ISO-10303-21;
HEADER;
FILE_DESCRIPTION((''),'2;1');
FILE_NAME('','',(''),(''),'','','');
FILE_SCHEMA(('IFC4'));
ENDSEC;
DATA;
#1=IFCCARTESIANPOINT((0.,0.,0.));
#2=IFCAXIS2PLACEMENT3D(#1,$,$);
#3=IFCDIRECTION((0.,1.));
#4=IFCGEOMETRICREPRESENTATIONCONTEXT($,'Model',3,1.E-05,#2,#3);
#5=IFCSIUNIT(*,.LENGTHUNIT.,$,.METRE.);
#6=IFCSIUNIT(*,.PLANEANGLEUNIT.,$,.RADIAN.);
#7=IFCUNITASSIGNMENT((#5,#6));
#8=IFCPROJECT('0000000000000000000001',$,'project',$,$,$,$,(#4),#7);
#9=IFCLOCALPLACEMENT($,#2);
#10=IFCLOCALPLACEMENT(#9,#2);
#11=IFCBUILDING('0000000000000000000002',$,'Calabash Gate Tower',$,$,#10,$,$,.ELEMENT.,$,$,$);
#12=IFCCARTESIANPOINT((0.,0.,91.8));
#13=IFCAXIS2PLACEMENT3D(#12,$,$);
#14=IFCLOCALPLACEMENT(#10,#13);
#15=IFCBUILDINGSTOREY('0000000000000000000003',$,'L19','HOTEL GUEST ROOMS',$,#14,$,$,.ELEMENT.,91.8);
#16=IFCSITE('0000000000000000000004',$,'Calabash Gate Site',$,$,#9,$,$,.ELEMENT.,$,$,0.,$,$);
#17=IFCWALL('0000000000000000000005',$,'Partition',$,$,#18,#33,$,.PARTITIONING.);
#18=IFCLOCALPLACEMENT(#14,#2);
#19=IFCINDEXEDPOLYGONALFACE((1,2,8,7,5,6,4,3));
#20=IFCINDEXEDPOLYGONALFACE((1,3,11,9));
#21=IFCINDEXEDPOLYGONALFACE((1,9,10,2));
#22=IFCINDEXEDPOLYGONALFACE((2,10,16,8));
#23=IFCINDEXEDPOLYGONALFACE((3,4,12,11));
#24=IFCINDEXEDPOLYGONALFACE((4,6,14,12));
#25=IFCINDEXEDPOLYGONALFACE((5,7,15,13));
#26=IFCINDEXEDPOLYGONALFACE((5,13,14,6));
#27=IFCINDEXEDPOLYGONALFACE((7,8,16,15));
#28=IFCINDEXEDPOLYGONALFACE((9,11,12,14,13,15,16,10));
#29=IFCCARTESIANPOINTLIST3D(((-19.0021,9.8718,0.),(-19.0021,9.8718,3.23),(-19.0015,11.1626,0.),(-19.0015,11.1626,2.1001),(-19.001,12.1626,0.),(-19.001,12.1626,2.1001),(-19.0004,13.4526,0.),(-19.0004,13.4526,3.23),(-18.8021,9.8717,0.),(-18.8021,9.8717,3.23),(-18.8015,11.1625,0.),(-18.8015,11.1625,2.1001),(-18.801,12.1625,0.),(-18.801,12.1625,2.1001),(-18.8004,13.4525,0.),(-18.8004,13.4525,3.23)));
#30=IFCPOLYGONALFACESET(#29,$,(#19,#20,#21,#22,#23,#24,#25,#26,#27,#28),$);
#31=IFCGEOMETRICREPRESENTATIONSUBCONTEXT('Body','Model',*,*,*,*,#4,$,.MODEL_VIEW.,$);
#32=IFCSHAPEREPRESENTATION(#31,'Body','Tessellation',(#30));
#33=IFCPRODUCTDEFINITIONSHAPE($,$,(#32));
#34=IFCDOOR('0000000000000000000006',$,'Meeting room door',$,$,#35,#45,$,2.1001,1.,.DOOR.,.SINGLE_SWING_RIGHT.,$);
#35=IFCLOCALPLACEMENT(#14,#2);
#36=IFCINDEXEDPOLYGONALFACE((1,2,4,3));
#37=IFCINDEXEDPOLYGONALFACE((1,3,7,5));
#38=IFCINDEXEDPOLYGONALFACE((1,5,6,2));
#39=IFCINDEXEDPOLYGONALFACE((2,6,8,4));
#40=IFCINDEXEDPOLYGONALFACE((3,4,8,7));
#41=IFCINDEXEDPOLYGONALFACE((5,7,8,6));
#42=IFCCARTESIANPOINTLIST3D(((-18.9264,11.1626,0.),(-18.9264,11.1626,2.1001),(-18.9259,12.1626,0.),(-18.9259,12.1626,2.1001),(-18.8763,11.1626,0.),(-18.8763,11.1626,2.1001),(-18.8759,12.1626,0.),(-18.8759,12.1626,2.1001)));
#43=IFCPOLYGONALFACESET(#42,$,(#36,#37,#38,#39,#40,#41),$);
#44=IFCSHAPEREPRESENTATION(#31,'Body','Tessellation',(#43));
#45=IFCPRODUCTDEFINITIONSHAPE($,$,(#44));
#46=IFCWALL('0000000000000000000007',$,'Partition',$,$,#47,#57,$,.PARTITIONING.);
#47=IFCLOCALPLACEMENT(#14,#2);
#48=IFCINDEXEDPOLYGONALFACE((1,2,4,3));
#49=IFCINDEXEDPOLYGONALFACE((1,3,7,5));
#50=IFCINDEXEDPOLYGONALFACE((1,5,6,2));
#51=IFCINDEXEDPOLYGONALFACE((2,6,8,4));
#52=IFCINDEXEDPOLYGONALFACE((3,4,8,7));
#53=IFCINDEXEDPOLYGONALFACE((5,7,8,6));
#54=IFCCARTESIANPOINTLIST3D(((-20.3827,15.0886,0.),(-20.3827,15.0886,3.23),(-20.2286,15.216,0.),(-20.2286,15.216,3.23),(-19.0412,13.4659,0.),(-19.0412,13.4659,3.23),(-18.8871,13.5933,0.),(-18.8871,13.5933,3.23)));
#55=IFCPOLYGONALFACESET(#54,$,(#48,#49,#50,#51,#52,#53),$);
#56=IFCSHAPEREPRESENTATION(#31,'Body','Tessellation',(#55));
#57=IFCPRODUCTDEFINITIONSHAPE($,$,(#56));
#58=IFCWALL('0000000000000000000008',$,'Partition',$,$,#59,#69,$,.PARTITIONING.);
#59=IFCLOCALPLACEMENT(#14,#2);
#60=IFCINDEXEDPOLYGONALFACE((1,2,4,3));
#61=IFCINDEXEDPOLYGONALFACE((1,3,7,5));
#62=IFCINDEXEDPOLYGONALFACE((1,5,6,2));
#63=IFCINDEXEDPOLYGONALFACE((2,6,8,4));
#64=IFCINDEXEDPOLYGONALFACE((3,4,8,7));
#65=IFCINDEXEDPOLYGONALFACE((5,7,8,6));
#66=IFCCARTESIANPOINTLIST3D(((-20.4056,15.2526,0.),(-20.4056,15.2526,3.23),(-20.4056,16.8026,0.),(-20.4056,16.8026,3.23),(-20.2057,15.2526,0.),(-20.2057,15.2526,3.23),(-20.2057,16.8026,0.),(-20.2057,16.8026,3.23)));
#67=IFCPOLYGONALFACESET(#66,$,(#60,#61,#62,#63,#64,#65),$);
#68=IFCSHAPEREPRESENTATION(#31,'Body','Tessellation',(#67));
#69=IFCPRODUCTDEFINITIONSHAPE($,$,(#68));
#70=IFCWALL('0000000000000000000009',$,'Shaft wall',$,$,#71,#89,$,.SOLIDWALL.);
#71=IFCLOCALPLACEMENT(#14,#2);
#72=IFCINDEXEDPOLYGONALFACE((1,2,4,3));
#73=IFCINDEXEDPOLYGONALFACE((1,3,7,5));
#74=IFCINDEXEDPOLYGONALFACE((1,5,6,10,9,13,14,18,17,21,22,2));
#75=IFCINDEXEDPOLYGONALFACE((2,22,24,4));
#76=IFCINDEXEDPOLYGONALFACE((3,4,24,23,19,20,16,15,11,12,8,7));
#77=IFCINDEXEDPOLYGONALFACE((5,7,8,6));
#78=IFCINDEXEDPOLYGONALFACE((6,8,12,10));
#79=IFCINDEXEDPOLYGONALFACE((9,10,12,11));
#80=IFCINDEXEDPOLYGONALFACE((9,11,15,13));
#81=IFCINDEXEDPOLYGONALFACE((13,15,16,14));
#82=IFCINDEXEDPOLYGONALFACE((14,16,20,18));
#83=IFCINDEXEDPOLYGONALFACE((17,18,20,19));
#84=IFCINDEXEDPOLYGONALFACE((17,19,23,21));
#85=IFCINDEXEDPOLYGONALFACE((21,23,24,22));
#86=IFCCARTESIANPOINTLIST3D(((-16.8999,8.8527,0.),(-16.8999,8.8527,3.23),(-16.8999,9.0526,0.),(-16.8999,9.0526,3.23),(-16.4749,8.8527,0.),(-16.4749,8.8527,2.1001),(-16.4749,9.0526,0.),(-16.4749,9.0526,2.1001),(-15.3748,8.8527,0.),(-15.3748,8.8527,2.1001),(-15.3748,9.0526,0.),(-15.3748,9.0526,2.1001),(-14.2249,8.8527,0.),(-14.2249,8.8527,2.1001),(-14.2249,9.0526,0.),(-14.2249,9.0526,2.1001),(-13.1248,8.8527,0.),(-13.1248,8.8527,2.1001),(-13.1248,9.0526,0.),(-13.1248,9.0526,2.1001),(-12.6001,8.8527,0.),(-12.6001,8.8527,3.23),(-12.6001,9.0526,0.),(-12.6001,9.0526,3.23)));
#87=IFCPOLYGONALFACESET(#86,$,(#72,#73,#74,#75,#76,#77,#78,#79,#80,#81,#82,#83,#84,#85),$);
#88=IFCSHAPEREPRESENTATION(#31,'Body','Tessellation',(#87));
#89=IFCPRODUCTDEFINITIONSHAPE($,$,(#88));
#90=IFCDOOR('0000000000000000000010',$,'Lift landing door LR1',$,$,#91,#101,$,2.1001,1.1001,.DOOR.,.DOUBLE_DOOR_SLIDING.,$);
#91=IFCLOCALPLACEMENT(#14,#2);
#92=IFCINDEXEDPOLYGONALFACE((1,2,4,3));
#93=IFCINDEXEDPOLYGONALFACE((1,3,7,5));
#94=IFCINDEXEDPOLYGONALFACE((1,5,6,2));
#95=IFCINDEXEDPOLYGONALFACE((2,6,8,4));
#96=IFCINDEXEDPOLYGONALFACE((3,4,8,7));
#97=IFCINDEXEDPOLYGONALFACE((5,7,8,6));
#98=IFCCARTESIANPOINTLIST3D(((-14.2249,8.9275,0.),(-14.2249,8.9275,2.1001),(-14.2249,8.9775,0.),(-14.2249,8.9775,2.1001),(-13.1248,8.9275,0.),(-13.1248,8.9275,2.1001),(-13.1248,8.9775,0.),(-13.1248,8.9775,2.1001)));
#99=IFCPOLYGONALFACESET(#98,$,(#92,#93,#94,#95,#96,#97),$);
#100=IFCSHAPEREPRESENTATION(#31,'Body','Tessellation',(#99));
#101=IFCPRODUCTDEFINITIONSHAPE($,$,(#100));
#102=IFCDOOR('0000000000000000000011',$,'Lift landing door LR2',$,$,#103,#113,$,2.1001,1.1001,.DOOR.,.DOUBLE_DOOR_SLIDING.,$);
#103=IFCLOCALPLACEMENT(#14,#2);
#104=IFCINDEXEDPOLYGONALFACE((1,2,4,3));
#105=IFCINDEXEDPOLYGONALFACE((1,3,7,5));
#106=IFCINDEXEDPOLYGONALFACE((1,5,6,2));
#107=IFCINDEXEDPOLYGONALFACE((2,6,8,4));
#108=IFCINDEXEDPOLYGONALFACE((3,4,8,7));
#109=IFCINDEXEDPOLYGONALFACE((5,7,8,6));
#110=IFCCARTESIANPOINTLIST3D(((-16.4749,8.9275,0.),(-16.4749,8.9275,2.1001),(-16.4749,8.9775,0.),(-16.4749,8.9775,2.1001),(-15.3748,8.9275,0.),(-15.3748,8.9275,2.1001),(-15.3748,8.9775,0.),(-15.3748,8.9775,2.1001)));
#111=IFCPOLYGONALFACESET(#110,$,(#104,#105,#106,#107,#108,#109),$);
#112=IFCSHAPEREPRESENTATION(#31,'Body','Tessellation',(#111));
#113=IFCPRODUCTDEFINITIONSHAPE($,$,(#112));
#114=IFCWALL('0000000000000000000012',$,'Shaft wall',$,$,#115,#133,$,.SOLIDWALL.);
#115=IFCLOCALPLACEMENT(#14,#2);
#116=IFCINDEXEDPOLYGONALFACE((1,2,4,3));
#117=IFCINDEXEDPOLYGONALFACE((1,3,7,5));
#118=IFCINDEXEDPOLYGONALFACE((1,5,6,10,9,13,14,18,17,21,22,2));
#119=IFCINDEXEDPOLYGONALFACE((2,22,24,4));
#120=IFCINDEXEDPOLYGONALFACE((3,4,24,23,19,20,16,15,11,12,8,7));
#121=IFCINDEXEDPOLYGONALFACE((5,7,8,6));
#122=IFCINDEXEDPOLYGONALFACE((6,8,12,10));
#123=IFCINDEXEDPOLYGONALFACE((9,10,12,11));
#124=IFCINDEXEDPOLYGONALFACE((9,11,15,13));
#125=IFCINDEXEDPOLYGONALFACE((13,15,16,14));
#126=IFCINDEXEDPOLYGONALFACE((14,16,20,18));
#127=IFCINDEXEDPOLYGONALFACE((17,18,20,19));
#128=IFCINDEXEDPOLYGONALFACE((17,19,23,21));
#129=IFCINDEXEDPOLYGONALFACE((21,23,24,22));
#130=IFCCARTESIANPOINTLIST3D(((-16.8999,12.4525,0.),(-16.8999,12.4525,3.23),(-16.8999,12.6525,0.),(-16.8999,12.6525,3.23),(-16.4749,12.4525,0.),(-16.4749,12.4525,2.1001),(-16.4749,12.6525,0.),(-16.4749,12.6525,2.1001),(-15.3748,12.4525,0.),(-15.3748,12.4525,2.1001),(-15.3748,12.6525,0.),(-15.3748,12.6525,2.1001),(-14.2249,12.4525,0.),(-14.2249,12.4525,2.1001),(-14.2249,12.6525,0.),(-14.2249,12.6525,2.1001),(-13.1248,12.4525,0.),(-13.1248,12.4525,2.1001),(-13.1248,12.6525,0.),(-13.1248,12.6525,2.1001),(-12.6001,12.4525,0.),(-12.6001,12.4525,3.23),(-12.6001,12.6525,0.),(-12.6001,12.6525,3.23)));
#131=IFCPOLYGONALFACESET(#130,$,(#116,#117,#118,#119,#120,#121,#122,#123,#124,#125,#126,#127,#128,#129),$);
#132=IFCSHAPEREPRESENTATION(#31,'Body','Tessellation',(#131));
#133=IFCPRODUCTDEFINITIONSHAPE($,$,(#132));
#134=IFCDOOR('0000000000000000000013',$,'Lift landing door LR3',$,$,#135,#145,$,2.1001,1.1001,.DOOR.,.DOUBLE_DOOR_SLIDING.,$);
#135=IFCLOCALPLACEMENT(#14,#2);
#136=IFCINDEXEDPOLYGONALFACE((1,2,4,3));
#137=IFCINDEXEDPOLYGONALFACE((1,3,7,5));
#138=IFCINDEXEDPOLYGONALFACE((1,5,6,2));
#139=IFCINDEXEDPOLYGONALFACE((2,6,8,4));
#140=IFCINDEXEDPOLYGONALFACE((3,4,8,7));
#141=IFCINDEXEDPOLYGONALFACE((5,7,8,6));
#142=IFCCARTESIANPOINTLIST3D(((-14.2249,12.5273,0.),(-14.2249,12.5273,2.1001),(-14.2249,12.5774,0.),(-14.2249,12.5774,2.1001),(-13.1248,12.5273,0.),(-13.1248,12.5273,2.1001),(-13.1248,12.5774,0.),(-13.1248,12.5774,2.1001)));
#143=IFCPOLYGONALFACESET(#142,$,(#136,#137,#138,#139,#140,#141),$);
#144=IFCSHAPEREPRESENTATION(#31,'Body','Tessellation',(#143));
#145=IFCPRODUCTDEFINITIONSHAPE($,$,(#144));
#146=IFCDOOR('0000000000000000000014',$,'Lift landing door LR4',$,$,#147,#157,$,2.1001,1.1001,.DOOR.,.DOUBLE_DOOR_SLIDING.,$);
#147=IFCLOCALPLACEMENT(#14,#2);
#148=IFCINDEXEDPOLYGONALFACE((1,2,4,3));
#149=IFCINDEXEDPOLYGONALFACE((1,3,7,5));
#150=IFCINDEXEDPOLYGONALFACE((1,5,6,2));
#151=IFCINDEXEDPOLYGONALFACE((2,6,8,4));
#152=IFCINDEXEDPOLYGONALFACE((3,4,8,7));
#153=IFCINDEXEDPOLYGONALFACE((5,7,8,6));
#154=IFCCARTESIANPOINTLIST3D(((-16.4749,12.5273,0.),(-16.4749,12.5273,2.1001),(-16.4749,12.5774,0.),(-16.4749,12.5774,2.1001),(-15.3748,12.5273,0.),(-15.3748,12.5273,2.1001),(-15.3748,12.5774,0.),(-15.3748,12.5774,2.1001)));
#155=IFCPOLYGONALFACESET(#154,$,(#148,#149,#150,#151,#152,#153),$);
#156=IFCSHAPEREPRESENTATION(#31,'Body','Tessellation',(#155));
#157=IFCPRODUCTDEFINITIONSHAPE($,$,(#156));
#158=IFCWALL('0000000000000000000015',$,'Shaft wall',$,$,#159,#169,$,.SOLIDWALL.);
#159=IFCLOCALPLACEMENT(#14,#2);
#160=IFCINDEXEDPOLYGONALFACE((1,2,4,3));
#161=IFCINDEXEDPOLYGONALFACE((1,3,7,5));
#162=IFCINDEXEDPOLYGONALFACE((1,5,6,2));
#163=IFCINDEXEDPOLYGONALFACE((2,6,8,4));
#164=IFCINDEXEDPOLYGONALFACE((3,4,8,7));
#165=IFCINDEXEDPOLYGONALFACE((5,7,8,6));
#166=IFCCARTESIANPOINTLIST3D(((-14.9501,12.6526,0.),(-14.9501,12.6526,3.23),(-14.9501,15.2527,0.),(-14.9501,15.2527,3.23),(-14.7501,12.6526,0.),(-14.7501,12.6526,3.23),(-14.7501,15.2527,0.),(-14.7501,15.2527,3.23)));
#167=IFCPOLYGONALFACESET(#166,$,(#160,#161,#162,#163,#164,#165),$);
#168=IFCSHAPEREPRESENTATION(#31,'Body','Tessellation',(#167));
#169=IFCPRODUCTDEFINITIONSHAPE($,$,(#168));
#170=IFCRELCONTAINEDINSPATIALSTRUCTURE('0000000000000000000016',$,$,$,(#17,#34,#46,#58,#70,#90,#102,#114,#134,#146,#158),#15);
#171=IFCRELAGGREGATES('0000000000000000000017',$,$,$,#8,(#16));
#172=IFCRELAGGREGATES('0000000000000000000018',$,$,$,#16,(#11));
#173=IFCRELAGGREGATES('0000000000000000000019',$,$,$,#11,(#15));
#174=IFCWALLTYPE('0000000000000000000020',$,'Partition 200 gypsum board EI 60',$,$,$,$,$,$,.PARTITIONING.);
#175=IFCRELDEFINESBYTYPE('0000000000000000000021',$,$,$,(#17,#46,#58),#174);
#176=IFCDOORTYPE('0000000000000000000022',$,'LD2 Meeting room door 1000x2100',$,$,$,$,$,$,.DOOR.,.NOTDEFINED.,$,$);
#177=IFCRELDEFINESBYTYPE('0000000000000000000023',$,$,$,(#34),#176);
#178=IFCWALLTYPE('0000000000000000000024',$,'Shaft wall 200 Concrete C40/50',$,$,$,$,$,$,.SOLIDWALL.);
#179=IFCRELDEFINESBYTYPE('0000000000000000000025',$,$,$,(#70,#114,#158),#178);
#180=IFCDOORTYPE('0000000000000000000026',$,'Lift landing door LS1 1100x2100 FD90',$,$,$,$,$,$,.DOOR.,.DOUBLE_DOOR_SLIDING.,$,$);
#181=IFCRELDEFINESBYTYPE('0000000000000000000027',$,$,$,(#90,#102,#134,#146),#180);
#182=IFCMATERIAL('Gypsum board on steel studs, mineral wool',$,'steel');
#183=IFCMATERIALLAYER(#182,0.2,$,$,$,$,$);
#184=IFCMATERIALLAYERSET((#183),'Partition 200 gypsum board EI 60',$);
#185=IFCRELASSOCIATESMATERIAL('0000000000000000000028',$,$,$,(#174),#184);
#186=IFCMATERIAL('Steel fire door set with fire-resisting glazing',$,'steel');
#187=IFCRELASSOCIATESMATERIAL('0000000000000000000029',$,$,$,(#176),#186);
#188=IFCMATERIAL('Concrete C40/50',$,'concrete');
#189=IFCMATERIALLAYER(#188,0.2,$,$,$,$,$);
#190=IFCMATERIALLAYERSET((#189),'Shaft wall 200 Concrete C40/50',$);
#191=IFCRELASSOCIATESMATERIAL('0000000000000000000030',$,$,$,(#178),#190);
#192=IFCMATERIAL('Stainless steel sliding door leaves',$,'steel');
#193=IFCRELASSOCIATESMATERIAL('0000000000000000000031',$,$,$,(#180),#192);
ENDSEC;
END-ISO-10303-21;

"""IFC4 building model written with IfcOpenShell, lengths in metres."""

from ifc_helpers import new_model, si_unit, direction, frame, frame_2d, origin, place, context, subcontext, project, spatial, rectangle, extrude, material, layer, layer_set, type_object, element, fill, save


model = new_model("IFC4")

# Units and contexts
model_context = context("Model", 3, precision=1e-05, world=origin(), true_north=direction((0.0, 1.0)))
body_context = subcontext(model_context, "Body", "Model", "MODEL_VIEW")
ifc_project = project(units=[si_unit("LENGTHUNIT", "METRE"), si_unit("PLANEANGLEUNIT", "RADIAN")], contexts=[model_context])

# Site, building, storey
site_placement = place(None, origin())
site = spatial("IfcSite", under=ifc_project, at=site_placement, Name="Calabash Gate Site", CompositionType="ELEMENT", RefElevation=0.0)
building_placement = place(site_placement, origin())
building = spatial("IfcBuilding", under=site, at=building_placement, Name="Calabash Gate Tower", CompositionType="ELEMENT")
storey_placement = place(building_placement, frame((0.0, 0.0, 91.8)))
storey = spatial("IfcBuildingStorey", under=building, at=storey_placement, Name="L19", Description="HOTEL GUEST ROOMS", CompositionType="ELEMENT", Elevation=91.8)

# Shared definitions
ifc_material_1 = material(Name="Gypsum board on steel studs, mineral wool", Category="steel")
ifc_layer_1 = layer(ifc_material_1, 0.2)
ifc_layer_set_1 = layer_set([ifc_layer_1], Name="Partition 200 gypsum board EI 60")
wall_type_1 = type_object("IfcWallType", Name="Partition 200 gypsum board EI 60", PredefinedType="PARTITIONING", material=ifc_layer_set_1)

# Wall, opening, door
wall_1_placement = place(storey_placement, frame((-18.9021, 9.8716, 0.0), z_axis=(0.0, 0.0, 1.0), x_axis=(0.000477, 1.0, 0.0)))
wall_1 = element("IfcWall", 1, at=wall_1_placement, inside=storey, type_object=wall_type_1, Name="Partition", PredefinedType="PARTITIONING", context=body_context, shape_type="SweptSolid", body=[
    extrude(rectangle(XDim=3.5808, YDim=0.2, at=frame_2d((1.7905, 0.0))), origin(), (0.0, 0.0, 1.0), 3.23),
])
opening_1_placement = place(wall_1_placement, frame((1.291, 0.0, 0.0)))
opening_1 = element("IfcOpeningElement", 2, at=opening_1_placement, cuts=wall_1, PredefinedType="OPENING", context=body_context, shape_type="SweptSolid", body=[
    extrude(rectangle(XDim=1.0, YDim=2.1001, at=frame_2d((0.5, 1.05))), frame((0.0, 0.1099, 0.0), z_axis=(0.0, -1.0, 0.0), x_axis=(1.0, 0.0, 0.0)), (0.0, 0.0, 1.0), 0.22),
])
ifc_material_2 = material(Name="Steel fire door set with fire-resisting glazing", Category="steel")
door_type_1 = type_object("IfcDoorType", Name="LD2 Meeting room door 1000x2100", OperationType="NOTDEFINED", PredefinedType="DOOR", material=ifc_material_2)
door_1_placement = place(opening_1_placement, origin())
door_1 = element("IfcDoor", 3, at=door_1_placement, inside=storey, type_object=door_type_1, Name="Meeting room door", OperationType="SINGLE_SWING_RIGHT", OverallHeight=2.1001, OverallWidth=1.0, PredefinedType="DOOR", context=body_context, shape_type="SweptSolid", body=[
    extrude(rectangle(XDim=1.0, YDim=2.1001, at=frame_2d((0.5, 1.05))), frame((0.0, 0.0249, 0.0), z_axis=(0.0, -1.0, 0.0), x_axis=(1.0, 0.0, 0.0)), (0.0, 0.0, 1.0), 0.05),
])
fill(opening_1, door_1)

# Walls
wall_2_placement = place(storey_placement, frame((-20.3057, 15.1523, 0.0), z_axis=(0.0, 0.0, 1.0), x_axis=(0.637157, -0.770734, 0.0)))
element("IfcWall", 4, at=wall_2_placement, inside=storey, type_object=wall_type_1, Name="Partition", PredefinedType="PARTITIONING", context=body_context, shape_type="SweptSolid", body=[
    extrude(rectangle(XDim=2.1055, YDim=0.2, at=frame_2d((1.0527, 0.0))), origin(), (0.0, 0.0, 1.0), 3.23),
])
wall_3_placement = place(storey_placement, frame((-20.3057, 16.8025, 0.0), z_axis=(0.0, 0.0, 1.0), x_axis=(0.0, -1.0, 0.0)))
element("IfcWall", 5, at=wall_3_placement, inside=storey, type_object=wall_type_1, Name="Partition", PredefinedType="PARTITIONING", context=body_context, shape_type="SweptSolid", body=[
    extrude(rectangle(XDim=1.55, YDim=0.2, at=frame_2d((0.7749, 0.0))), origin(), (0.0, 0.0, 1.0), 3.23),
])

# Walls, openings, doors
ifc_material_3 = material(Name="Concrete C40/50", Category="concrete")
ifc_layer_2 = layer(ifc_material_3, 0.2)
ifc_layer_set_2 = layer_set([ifc_layer_2], Name="Shaft wall 200 Concrete C40/50")
wall_type_2 = type_object("IfcWallType", Name="Shaft wall 200 Concrete C40/50", PredefinedType="SOLIDWALL", material=ifc_layer_set_2)
wall_4_placement = place(storey_placement, frame((-16.8999, 8.9526, 0.0), z_axis=(0.0, 0.0, 1.0), x_axis=(1.0, 0.0, 0.0)))
wall_4 = element("IfcWall", 6, at=wall_4_placement, inside=storey, type_object=wall_type_2, Name="Shaft wall", PredefinedType="SOLIDWALL", context=body_context, shape_type="SweptSolid", body=[
    extrude(rectangle(XDim=4.2998, YDim=0.2, at=frame_2d((2.1499, 0.0))), origin(), (0.0, 0.0, 1.0), 3.23),
])
opening_2_placement = place(wall_4_placement, frame((2.675, 0.0, 0.0)))
opening_2 = element("IfcOpeningElement", 7, at=opening_2_placement, cuts=wall_4, PredefinedType="OPENING", context=body_context, shape_type="SweptSolid", body=[
    extrude(rectangle(XDim=1.1001, YDim=2.1001, at=frame_2d((0.55, 1.05))), frame((0.0, 0.1099, 0.0), z_axis=(0.0, -1.0, 0.0), x_axis=(1.0, 0.0, 0.0)), (0.0, 0.0, 1.0), 0.22),
])
opening_3_placement = place(wall_4_placement, frame((0.425, 0.0, 0.0)))
opening_3 = element("IfcOpeningElement", 8, at=opening_3_placement, cuts=wall_4, PredefinedType="OPENING", context=body_context, shape_type="SweptSolid", body=[
    extrude(rectangle(XDim=1.1001, YDim=2.1001, at=frame_2d((0.55, 1.05))), frame((0.0, 0.1099, 0.0), z_axis=(0.0, -1.0, 0.0), x_axis=(1.0, 0.0, 0.0)), (0.0, 0.0, 1.0), 0.22),
])
ifc_material_4 = material(Name="Stainless steel sliding door leaves", Category="steel")
door_type_2 = type_object("IfcDoorType", Name="Lift landing door LS1 1100x2100 FD90", OperationType="DOUBLE_DOOR_SLIDING", PredefinedType="DOOR", material=ifc_material_4)
door_2_placement = place(opening_2_placement, origin())
door_2 = element("IfcDoor", 9, at=door_2_placement, inside=storey, type_object=door_type_2, Name="Lift landing door LR1", OperationType="DOUBLE_DOOR_SLIDING", OverallHeight=2.1001, OverallWidth=1.1001, PredefinedType="DOOR", context=body_context, shape_type="SweptSolid", body=[
    extrude(rectangle(XDim=1.1001, YDim=2.1001, at=frame_2d((0.55, 1.05))), frame((0.0, 0.0249, 0.0), z_axis=(0.0, -1.0, 0.0), x_axis=(1.0, 0.0, 0.0)), (0.0, 0.0, 1.0), 0.05),
])
fill(opening_2, door_2)
door_3_placement = place(opening_3_placement, origin())
door_3 = element("IfcDoor", 10, at=door_3_placement, inside=storey, type_object=door_type_2, Name="Lift landing door LR2", OperationType="DOUBLE_DOOR_SLIDING", OverallHeight=2.1001, OverallWidth=1.1001, PredefinedType="DOOR", context=body_context, shape_type="SweptSolid", body=[
    extrude(rectangle(XDim=1.1001, YDim=2.1001, at=frame_2d((0.55, 1.05))), frame((0.0, 0.0249, 0.0), z_axis=(0.0, -1.0, 0.0), x_axis=(1.0, 0.0, 0.0)), (0.0, 0.0, 1.0), 0.05),
])
fill(opening_3, door_3)
wall_5_placement = place(storey_placement, frame((-16.8999, 12.5525, 0.0), z_axis=(0.0, 0.0, 1.0), x_axis=(1.0, 0.0, 0.0)))
wall_5 = element("IfcWall", 11, at=wall_5_placement, inside=storey, type_object=wall_type_2, Name="Shaft wall", PredefinedType="SOLIDWALL", context=body_context, shape_type="SweptSolid", body=[
    extrude(rectangle(XDim=4.2998, YDim=0.2, at=frame_2d((2.1499, 0.0))), origin(), (0.0, 0.0, 1.0), 3.23),
])
opening_4_placement = place(wall_5_placement, frame((2.675, 0.0, 0.0)))
opening_4 = element("IfcOpeningElement", 12, at=opening_4_placement, cuts=wall_5, PredefinedType="OPENING", context=body_context, shape_type="SweptSolid", body=[
    extrude(rectangle(XDim=1.1001, YDim=2.1001, at=frame_2d((0.55, 1.05))), frame((0.0, 0.1099, 0.0), z_axis=(0.0, -1.0, 0.0), x_axis=(1.0, 0.0, 0.0)), (0.0, 0.0, 1.0), 0.22),
])
opening_5_placement = place(wall_5_placement, frame((0.425, 0.0, 0.0)))
opening_5 = element("IfcOpeningElement", 13, at=opening_5_placement, cuts=wall_5, PredefinedType="OPENING", context=body_context, shape_type="SweptSolid", body=[
    extrude(rectangle(XDim=1.1001, YDim=2.1001, at=frame_2d((0.55, 1.05))), frame((0.0, 0.1099, 0.0), z_axis=(0.0, -1.0, 0.0), x_axis=(1.0, 0.0, 0.0)), (0.0, 0.0, 1.0), 0.22),
])
door_4_placement = place(opening_4_placement, origin())
door_4 = element("IfcDoor", 14, at=door_4_placement, inside=storey, type_object=door_type_2, Name="Lift landing door LR3", OperationType="DOUBLE_DOOR_SLIDING", OverallHeight=2.1001, OverallWidth=1.1001, PredefinedType="DOOR", context=body_context, shape_type="SweptSolid", body=[
    extrude(rectangle(XDim=1.1001, YDim=2.1001, at=frame_2d((0.55, 1.05))), frame((0.0, 0.0249, 0.0), z_axis=(0.0, -1.0, 0.0), x_axis=(1.0, 0.0, 0.0)), (0.0, 0.0, 1.0), 0.05),
])
fill(opening_4, door_4)
door_5_placement = place(opening_5_placement, origin())
door_5 = element("IfcDoor", 15, at=door_5_placement, inside=storey, type_object=door_type_2, Name="Lift landing door LR4", OperationType="DOUBLE_DOOR_SLIDING", OverallHeight=2.1001, OverallWidth=1.1001, PredefinedType="DOOR", context=body_context, shape_type="SweptSolid", body=[
    extrude(rectangle(XDim=1.1001, YDim=2.1001, at=frame_2d((0.55, 1.05))), frame((0.0, 0.0249, 0.0), z_axis=(0.0, -1.0, 0.0), x_axis=(1.0, 0.0, 0.0)), (0.0, 0.0, 1.0), 0.05),
])
fill(opening_5, door_5)

# Wall
wall_6_placement = place(storey_placement, frame((-14.8501, 12.6526, 0.0), z_axis=(0.0, 0.0, 1.0), x_axis=(0.0, 1.0, 0.0)))
element("IfcWall", 16, at=wall_6_placement, inside=storey, type_object=wall_type_2, Name="Shaft wall", PredefinedType="SOLIDWALL", context=body_context, shape_type="SweptSolid", body=[
    extrude(rectangle(XDim=2.6001, YDim=0.2, at=frame_2d((1.3, 0.0))), origin(), (0.0, 0.0, 1.0), 3.23),
])

save(model, "model.ifc")
